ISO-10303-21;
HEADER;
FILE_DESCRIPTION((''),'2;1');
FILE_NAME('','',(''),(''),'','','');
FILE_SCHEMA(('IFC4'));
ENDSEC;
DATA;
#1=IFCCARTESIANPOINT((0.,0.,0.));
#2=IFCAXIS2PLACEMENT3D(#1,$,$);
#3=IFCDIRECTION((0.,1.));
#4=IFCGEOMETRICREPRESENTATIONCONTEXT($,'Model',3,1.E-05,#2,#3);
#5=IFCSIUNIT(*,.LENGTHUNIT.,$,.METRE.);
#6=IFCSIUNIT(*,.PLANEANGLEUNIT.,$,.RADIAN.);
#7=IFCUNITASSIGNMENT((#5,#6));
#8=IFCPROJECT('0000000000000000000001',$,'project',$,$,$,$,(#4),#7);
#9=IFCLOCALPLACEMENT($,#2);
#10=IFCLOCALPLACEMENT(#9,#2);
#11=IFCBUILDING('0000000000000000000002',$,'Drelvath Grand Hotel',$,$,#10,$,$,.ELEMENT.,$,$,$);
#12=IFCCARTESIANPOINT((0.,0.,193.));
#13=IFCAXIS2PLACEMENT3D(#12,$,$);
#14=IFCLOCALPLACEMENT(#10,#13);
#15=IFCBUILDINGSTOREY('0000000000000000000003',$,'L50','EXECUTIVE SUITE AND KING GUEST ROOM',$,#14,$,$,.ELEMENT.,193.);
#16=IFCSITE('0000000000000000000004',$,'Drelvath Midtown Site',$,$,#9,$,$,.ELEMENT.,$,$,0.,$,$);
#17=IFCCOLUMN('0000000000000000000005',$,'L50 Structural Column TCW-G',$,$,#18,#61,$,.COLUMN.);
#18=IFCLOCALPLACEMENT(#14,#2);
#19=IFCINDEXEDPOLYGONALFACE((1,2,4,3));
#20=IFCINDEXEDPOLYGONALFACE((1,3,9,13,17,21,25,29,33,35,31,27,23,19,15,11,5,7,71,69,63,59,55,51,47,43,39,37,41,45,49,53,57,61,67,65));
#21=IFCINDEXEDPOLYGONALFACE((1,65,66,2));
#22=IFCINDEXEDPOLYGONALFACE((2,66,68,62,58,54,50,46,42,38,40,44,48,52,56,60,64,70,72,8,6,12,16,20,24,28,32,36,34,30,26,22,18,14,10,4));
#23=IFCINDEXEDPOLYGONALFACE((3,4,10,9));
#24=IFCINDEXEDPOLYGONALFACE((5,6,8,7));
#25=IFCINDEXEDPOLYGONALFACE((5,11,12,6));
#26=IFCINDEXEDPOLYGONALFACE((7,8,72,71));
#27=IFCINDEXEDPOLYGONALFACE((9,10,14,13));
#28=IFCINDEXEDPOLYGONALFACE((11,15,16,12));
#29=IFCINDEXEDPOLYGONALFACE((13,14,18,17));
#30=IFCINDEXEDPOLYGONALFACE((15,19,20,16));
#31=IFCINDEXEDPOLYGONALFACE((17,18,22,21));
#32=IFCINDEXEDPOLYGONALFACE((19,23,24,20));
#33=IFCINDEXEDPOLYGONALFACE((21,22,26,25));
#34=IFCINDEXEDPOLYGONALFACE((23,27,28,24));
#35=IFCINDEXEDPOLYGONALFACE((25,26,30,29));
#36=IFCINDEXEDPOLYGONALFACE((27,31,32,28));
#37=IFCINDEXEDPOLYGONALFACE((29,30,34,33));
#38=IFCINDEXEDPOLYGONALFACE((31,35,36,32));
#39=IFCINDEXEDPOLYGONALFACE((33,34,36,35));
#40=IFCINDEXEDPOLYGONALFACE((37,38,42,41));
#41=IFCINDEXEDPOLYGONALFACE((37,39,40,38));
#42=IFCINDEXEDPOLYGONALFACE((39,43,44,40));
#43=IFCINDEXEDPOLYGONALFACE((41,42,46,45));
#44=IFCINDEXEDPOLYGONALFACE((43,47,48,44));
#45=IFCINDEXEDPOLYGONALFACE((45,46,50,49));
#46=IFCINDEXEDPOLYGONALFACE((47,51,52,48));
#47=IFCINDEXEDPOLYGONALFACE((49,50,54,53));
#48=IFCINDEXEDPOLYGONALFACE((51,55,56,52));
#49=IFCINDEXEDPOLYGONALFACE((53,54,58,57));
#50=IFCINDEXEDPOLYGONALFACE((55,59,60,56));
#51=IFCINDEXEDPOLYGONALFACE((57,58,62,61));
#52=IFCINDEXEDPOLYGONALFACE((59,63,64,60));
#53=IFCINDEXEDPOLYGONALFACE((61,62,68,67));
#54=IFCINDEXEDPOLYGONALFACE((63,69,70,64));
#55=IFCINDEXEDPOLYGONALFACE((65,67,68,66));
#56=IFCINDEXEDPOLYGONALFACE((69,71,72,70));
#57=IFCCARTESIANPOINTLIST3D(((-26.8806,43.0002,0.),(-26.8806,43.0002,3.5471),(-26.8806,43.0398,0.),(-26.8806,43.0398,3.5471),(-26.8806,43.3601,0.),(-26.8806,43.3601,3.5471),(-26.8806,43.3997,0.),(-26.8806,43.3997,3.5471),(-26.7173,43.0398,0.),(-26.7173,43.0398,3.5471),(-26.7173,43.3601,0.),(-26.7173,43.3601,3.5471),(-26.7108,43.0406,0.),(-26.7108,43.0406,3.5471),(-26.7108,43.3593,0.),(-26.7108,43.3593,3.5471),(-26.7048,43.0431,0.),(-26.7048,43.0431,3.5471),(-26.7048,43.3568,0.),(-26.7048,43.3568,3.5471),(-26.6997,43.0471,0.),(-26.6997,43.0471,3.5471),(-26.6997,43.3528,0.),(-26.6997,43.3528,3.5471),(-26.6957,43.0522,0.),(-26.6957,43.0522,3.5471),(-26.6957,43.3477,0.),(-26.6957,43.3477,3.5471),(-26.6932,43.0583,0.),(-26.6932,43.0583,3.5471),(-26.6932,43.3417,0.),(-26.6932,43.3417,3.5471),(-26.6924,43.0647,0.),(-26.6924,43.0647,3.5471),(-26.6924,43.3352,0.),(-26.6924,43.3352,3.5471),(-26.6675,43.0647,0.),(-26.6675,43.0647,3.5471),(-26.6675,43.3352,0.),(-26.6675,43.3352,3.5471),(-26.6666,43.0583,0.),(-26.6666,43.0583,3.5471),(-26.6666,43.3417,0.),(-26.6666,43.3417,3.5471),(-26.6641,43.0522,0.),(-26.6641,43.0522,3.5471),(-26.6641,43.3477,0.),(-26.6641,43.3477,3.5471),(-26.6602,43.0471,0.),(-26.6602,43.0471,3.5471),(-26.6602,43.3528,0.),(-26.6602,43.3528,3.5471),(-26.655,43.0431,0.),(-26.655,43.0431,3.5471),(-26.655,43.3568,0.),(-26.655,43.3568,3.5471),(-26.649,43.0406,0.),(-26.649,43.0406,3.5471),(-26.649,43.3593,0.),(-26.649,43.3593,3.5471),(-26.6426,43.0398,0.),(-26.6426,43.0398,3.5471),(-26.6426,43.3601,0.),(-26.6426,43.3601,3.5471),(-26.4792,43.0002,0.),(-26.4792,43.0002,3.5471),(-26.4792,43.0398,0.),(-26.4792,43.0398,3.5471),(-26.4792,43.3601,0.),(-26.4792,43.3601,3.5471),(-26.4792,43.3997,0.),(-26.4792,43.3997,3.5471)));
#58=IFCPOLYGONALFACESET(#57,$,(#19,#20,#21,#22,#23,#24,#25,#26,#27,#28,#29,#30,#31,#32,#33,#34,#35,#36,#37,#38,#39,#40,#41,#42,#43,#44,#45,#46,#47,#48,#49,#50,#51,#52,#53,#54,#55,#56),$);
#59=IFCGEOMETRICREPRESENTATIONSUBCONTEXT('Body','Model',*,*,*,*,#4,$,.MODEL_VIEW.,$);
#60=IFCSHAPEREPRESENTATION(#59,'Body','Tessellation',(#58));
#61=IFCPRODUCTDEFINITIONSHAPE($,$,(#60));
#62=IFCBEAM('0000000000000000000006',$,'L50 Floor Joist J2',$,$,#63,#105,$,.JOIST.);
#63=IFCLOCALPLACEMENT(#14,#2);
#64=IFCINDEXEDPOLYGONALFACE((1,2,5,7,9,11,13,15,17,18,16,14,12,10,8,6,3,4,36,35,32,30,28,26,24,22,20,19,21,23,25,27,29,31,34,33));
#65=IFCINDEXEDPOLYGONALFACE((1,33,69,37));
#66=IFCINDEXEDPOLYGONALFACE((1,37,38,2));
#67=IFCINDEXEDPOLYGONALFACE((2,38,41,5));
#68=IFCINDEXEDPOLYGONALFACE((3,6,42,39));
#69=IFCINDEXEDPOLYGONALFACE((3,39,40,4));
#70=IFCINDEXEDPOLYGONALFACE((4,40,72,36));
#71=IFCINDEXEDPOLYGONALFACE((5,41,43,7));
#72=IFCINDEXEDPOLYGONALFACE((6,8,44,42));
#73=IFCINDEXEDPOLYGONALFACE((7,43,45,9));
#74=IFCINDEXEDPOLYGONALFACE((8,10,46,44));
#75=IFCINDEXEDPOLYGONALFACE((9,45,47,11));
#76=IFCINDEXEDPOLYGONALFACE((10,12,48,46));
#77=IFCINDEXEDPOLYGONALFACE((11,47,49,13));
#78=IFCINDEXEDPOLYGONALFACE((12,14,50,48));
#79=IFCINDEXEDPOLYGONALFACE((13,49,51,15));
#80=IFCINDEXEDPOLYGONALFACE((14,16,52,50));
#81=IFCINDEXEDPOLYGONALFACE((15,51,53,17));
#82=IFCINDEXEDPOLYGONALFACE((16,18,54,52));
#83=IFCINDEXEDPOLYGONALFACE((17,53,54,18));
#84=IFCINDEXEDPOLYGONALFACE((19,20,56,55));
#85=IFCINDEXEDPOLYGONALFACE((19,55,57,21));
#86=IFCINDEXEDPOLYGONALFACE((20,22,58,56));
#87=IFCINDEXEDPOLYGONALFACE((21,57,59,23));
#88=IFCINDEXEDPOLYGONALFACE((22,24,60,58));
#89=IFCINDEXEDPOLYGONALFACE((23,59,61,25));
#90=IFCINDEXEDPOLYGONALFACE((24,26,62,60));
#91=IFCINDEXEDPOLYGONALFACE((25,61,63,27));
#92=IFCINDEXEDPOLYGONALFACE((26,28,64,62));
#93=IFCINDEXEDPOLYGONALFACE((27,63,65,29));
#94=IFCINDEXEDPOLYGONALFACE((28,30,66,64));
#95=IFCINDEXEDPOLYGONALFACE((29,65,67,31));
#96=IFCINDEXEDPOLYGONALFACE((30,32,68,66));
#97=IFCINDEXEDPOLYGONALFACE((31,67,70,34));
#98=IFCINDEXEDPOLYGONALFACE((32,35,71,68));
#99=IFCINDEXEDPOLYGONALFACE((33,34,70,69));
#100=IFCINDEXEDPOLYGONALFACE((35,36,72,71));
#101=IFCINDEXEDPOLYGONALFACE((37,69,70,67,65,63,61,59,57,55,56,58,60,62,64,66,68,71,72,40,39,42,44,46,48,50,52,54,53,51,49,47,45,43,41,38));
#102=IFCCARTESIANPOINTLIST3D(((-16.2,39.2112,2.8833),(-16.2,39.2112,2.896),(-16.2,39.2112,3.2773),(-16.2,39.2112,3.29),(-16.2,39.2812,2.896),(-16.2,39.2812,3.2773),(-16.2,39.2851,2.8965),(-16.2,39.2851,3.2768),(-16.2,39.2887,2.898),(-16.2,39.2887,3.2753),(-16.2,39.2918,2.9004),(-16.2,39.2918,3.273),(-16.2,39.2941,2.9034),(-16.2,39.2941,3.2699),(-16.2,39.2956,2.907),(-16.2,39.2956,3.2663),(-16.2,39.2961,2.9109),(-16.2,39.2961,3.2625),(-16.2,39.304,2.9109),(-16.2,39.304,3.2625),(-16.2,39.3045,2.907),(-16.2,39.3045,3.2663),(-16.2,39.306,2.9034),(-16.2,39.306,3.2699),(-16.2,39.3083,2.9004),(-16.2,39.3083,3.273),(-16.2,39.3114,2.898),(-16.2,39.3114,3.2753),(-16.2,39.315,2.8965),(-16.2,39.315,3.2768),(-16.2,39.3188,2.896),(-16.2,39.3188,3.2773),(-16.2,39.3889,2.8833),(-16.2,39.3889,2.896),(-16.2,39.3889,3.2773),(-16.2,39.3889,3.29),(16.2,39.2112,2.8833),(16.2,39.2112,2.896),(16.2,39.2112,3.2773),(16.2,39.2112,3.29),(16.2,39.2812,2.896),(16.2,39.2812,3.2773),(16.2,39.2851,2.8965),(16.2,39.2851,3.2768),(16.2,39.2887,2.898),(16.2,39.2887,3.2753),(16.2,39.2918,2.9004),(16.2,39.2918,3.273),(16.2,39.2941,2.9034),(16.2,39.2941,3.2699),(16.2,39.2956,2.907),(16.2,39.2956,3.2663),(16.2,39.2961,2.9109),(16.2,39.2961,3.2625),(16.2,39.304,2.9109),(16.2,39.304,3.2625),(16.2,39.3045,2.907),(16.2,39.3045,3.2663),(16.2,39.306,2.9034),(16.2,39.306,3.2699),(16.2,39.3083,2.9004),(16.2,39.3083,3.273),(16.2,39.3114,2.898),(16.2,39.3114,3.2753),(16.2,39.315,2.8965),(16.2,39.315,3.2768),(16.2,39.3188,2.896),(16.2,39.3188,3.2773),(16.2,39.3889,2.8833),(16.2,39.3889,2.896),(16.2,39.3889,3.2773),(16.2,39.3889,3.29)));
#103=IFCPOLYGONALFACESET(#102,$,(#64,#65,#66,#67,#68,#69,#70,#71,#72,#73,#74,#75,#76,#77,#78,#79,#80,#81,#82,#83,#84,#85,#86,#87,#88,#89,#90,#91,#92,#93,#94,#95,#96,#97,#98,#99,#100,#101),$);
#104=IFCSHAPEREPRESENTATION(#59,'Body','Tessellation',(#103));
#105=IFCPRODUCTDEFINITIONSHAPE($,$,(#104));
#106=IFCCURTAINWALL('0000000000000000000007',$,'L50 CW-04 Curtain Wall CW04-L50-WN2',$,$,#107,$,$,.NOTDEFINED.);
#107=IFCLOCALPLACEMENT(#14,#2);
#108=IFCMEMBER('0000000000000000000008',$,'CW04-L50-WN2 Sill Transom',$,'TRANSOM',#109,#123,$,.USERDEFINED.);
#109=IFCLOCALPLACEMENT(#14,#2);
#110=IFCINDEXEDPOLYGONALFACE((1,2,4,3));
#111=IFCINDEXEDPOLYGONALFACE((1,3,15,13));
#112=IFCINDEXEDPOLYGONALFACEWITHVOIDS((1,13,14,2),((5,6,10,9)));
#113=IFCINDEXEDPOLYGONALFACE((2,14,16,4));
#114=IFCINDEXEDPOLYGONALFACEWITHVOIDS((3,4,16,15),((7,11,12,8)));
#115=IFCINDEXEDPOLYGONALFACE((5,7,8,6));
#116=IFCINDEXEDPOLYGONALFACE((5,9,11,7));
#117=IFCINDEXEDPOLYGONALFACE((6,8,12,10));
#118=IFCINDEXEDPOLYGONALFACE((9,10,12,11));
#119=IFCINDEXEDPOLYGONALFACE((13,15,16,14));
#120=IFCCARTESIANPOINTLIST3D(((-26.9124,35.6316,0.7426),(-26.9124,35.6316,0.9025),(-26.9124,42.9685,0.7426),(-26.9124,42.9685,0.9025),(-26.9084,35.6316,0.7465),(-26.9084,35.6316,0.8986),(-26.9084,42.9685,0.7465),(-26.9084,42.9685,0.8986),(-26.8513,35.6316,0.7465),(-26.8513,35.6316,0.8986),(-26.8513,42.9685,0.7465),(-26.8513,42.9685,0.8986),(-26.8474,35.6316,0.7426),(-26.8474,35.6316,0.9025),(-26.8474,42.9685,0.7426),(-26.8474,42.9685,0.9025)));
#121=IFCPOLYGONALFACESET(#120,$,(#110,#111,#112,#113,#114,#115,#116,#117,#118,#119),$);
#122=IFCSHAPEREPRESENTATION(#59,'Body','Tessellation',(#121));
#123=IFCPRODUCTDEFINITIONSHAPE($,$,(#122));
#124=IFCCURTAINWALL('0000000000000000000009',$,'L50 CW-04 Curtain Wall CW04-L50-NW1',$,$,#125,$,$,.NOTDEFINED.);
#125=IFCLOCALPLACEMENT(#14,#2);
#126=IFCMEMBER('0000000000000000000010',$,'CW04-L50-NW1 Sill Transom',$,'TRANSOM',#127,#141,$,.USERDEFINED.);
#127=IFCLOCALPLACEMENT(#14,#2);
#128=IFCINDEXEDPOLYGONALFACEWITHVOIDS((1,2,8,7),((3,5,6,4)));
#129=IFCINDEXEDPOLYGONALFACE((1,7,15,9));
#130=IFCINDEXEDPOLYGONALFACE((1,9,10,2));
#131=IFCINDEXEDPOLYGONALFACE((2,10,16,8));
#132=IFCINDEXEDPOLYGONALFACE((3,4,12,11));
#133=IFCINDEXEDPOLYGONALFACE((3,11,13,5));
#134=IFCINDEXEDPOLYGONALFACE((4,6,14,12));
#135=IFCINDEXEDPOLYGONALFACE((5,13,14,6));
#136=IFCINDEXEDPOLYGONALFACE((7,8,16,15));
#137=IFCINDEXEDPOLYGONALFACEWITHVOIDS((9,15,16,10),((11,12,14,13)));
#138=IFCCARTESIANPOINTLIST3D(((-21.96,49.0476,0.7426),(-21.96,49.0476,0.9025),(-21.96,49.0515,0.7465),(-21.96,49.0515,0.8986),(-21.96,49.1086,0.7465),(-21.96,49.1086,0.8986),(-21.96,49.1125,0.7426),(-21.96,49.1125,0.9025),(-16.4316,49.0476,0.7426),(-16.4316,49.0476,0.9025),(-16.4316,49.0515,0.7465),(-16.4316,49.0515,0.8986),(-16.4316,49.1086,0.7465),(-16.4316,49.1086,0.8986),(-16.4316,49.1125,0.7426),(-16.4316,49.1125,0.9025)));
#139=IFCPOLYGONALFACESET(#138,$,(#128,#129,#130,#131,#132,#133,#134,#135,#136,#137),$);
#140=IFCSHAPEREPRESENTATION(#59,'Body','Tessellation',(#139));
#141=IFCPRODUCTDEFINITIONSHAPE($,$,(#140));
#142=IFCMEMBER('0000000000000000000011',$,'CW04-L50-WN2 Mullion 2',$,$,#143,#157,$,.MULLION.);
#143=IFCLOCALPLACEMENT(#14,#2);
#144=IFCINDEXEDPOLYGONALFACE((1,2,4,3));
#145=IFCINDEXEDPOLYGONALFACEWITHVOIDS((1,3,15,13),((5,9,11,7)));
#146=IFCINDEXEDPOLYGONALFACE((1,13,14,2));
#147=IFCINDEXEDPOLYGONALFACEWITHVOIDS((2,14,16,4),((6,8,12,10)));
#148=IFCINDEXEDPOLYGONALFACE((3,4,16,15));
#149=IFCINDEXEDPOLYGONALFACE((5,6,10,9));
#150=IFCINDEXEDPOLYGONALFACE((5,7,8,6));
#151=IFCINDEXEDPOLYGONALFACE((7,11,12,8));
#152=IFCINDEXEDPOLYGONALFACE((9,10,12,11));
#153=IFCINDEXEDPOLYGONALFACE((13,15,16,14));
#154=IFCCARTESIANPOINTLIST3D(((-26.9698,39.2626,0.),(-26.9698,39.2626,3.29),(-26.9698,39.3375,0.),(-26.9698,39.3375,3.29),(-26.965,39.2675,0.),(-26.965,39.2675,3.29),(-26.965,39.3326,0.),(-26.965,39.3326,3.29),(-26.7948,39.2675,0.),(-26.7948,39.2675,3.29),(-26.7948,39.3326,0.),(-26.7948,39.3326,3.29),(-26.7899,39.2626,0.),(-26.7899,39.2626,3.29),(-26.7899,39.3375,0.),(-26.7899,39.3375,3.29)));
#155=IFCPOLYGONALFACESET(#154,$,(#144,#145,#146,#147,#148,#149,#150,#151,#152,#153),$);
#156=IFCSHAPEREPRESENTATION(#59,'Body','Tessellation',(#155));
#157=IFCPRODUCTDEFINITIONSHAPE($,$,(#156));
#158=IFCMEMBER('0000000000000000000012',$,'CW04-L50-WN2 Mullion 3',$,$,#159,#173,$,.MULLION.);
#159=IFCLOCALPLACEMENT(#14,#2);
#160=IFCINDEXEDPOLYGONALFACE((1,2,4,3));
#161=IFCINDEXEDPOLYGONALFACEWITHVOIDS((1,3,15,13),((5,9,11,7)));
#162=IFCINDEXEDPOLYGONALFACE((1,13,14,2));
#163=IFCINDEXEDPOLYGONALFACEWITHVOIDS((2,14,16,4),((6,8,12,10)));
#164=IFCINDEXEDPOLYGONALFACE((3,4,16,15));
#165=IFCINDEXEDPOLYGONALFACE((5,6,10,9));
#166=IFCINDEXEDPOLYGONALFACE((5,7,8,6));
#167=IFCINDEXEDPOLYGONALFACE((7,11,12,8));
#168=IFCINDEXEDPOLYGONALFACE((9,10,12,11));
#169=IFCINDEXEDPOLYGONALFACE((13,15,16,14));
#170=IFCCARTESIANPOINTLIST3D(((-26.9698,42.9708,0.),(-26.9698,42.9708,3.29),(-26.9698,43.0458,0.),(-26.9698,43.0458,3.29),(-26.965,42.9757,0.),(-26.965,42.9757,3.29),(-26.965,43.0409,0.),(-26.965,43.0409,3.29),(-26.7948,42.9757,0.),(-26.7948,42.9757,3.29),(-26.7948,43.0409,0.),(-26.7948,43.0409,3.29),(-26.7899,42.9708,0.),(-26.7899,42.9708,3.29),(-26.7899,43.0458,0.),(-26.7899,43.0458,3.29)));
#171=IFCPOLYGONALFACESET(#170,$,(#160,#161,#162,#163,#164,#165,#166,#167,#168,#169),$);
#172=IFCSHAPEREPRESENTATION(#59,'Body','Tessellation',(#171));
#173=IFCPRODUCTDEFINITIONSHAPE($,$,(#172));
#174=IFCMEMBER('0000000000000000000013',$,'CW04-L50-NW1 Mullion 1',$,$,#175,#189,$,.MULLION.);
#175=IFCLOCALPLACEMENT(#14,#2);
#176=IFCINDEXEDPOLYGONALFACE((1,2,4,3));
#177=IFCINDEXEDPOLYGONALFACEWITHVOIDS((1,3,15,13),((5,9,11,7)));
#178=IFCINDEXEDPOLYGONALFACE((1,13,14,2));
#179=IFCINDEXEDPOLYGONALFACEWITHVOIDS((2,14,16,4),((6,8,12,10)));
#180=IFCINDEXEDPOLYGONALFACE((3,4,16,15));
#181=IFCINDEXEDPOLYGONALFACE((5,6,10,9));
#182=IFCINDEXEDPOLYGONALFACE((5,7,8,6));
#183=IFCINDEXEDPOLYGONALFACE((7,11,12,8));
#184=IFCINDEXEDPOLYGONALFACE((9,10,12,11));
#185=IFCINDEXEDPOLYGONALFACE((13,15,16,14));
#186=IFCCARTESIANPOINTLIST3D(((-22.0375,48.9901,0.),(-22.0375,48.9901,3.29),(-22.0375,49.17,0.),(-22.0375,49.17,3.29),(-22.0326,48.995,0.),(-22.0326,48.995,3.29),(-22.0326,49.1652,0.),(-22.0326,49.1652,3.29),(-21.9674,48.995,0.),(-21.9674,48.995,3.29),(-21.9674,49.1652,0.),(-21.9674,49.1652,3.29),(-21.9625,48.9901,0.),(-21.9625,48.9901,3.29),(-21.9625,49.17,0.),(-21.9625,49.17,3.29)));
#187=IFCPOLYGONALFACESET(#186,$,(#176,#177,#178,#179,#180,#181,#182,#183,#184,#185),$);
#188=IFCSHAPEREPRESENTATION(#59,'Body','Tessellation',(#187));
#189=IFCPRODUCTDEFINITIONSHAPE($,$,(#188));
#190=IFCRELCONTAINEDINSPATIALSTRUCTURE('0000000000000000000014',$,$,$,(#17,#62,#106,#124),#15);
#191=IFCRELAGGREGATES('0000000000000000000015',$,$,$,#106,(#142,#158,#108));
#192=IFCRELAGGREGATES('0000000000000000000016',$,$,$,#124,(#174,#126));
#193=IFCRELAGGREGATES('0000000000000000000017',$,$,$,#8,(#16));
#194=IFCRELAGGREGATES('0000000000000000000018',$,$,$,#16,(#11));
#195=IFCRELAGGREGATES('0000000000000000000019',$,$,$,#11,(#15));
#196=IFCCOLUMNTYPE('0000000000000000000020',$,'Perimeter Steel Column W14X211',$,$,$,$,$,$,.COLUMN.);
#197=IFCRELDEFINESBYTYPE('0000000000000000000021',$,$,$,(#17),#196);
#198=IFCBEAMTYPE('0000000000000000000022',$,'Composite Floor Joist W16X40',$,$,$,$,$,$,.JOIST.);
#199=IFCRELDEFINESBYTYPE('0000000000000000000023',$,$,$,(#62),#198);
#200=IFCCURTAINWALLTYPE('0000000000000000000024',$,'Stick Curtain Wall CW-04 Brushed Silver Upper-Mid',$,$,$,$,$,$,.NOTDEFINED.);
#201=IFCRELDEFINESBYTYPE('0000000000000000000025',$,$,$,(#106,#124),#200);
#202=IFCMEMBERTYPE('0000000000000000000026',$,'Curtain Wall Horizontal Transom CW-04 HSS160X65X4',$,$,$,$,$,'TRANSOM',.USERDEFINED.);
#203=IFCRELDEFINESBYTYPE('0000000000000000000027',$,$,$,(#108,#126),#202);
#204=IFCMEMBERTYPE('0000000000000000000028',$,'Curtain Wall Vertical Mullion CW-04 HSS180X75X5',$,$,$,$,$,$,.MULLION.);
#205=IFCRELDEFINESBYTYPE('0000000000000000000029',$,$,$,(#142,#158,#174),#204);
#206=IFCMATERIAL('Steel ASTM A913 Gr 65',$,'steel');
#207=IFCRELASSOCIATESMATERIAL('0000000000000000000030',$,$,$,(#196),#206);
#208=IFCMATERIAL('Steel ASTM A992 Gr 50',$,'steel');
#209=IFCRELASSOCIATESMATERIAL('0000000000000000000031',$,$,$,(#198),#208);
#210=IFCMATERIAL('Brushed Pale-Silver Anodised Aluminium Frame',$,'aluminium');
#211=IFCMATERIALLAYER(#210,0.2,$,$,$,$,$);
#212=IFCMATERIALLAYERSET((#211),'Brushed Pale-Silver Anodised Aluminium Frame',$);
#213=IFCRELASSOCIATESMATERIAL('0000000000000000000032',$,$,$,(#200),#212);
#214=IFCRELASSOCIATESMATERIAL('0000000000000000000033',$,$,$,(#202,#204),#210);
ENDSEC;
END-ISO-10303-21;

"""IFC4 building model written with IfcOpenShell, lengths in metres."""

from ifc_helpers import new_model, si_unit, direction, frame, origin, origin_2d, place, context, subcontext, project, spatial, hollow_rectangle, i_section, extrude, material, layer, layer_set, material_profile, profile_set, type_object, element, aggregate, save


model = new_model("IFC4")

# Units and contexts
model_context = context("Model", 3, precision=1e-05, world=origin(), true_north=direction((0.0, 1.0)))
body_context = subcontext(model_context, "Body", "Model", "MODEL_VIEW")
ifc_project = project(units=[si_unit("LENGTHUNIT", "METRE"), si_unit("PLANEANGLEUNIT", "RADIAN")], contexts=[model_context])

# Site, building, storey
site_placement = place(None, origin())
site = spatial("IfcSite", under=ifc_project, at=site_placement, Name="Drelvath Midtown Site", CompositionType="ELEMENT", RefElevation=0.0)
building_placement = place(site_placement, origin())
building = spatial("IfcBuilding", under=site, at=building_placement, Name="Drelvath Grand Hotel", CompositionType="ELEMENT")
storey_placement = place(building_placement, frame((0.0, 0.0, 193.0)))
storey = spatial("IfcBuildingStorey", under=building, at=storey_placement, Name="L50", Description="EXECUTIVE SUITE AND KING GUEST ROOM", CompositionType="ELEMENT", Elevation=193.0)

# Column
ifc_material_1 = material(Name="Steel ASTM A913 Gr 65", Category="steel")
ifc_material_profile_1 = material_profile(ifc_material_1, i_section(OverallWidth=0.4014, OverallDepth=0.3994, WebThickness=0.0249, FlangeThickness=0.0396, FilletRadius=0.0249, at=origin_2d()), Name="W14X211")
ifc_profile_set_1 = profile_set([ifc_material_profile_1], Name="Steel ASTM A913 Gr 65")
column_type = type_object("IfcColumnType", Name="Perimeter Steel Column W14X211", PredefinedType="COLUMN", material=ifc_profile_set_1)
column_placement = place(storey_placement, frame((-26.6799, 43.2, 0.0), z_axis=(0.0, 0.0, 1.0), x_axis=(1.0, 0.0, 0.0)))
element("IfcColumn", 1, at=column_placement, inside=storey, type_object=column_type, Name="L50 Structural Column TCW-G", PredefinedType="COLUMN", context=body_context, shape_type="SweptSolid", body=[
    extrude(i_section(OverallWidth=0.4014, OverallDepth=0.3994, WebThickness=0.0249, FlangeThickness=0.0396, FilletRadius=0.0249, at=origin_2d()), origin(), (0.0, 0.0, 1.0), 3.5471),
])

# Beam
ifc_material_2 = material(Name="Steel ASTM A992 Gr 50", Category="steel")
ifc_material_profile_2 = material_profile(ifc_material_2, i_section(OverallWidth=0.1777, OverallDepth=0.4067, WebThickness=0.0078, FlangeThickness=0.0127, FilletRadius=0.0149, at=origin_2d()), Name="W16X40")
ifc_profile_set_2 = profile_set([ifc_material_profile_2], Name="Steel ASTM A992 Gr 50")
beam_type_1 = type_object("IfcBeamType", Name="Composite Floor Joist W16X40", PredefinedType="JOIST", material=ifc_profile_set_2)
beam_1_placement = place(storey_placement, frame((-16.2, 39.3, 3.0867), z_axis=(1.0, 0.0, 0.0), x_axis=(0.0, 1.0, 0.0)))
element("IfcBeam", 2, at=beam_1_placement, inside=storey, type_object=beam_type_1, Name="L50 Floor Joist J2", PredefinedType="JOIST", context=body_context, shape_type="SweptSolid", body=[
    extrude(i_section(OverallWidth=0.1777, OverallDepth=0.4067, WebThickness=0.0078, FlangeThickness=0.0127, FilletRadius=0.0149, at=origin_2d()), origin(), (0.0, 0.0, 1.0), 32.3999),
])

# Curtain walls, members
ifc_material_3 = material(Name="Brushed Pale-Silver Anodised Aluminium Frame", Category="aluminium")
ifc_layer_1 = layer(ifc_material_3, 0.2)
ifc_layer_set_1 = layer_set([ifc_layer_1], Name="Brushed Pale-Silver Anodised Aluminium Frame")
curtain_wall_type = type_object("IfcCurtainWallType", Name="Stick Curtain Wall CW-04 Brushed Silver Upper-Mid", PredefinedType="NOTDEFINED", material=ifc_layer_set_1)
curtain_wall_1_placement = place(storey_placement, origin())
curtain_wall_1 = element("IfcCurtainWall", 3, at=curtain_wall_1_placement, inside=storey, type_object=curtain_wall_type, Name="L50 CW-04 Curtain Wall CW04-L50-WN2", PredefinedType="NOTDEFINED")
ifc_material_profile_3 = material_profile(ifc_material_3, hollow_rectangle(XDim=0.0649, YDim=0.1599, WallThickness=0.0039, at=origin_2d()), Name="HSS160X65X4")
ifc_profile_set_3 = profile_set([ifc_material_profile_3], Name="Brushed Pale-Silver Anodised Aluminium Frame")
member_type_1 = type_object("IfcMemberType", Name="Curtain Wall Horizontal Transom CW-04 HSS160X65X4", ElementType="TRANSOM", PredefinedType="USERDEFINED", material=ifc_profile_set_3)
member_1_placement = place(storey_placement, frame((-26.8799, 35.6316, 0.8225), z_axis=(0.0, 1.0, 0.0), x_axis=(-1.0, 0.0, 0.0)))
member_1 = element("IfcMember", 4, at=member_1_placement, type_object=member_type_1, Name="CW04-L50-WN2 Sill Transom", ObjectType="TRANSOM", PredefinedType="USERDEFINED", context=body_context, shape_type="SweptSolid", body=[
    extrude(hollow_rectangle(XDim=0.0649, YDim=0.1599, WallThickness=0.0039, at=origin_2d()), origin(), (0.0, 0.0, 1.0), 7.3369),
])
curtain_wall_2_placement = place(storey_placement, origin())
curtain_wall_2 = element("IfcCurtainWall", 5, at=curtain_wall_2_placement, inside=storey, type_object=curtain_wall_type, Name="L50 CW-04 Curtain Wall CW04-L50-NW1", PredefinedType="NOTDEFINED")
member_2_placement = place(storey_placement, frame((-21.96, 49.0801, 0.8225), z_axis=(1.0, 0.0, 0.0), x_axis=(0.0, 1.0, 0.0)))
member_2 = element("IfcMember", 6, at=member_2_placement, type_object=member_type_1, Name="CW04-L50-NW1 Sill Transom", ObjectType="TRANSOM", PredefinedType="USERDEFINED", context=body_context, shape_type="SweptSolid", body=[
    extrude(hollow_rectangle(XDim=0.0649, YDim=0.1599, WallThickness=0.0039, at=origin_2d()), origin(), (0.0, 0.0, 1.0), 5.5283),
])

# Members
ifc_material_profile_4 = material_profile(ifc_material_3, hollow_rectangle(XDim=0.075, YDim=0.1799, WallThickness=0.0049, at=origin_2d()), Name="HSS180X75X5")
ifc_profile_set_4 = profile_set([ifc_material_profile_4], Name="Brushed Pale-Silver Anodised Aluminium Frame")
member_type_2 = type_object("IfcMemberType", Name="Curtain Wall Vertical Mullion CW-04 HSS180X75X5", PredefinedType="MULLION", material=ifc_profile_set_4)
member_3_placement = place(storey_placement, frame((-26.8799, 39.3, 0.0), z_axis=(0.0, 0.0, 1.0), x_axis=(0.0, 1.0, 0.0)))
member_3 = element("IfcMember", 7, at=member_3_placement, type_object=member_type_2, Name="CW04-L50-WN2 Mullion 2", PredefinedType="MULLION", context=body_context, shape_type="SweptSolid", body=[
    extrude(hollow_rectangle(XDim=0.075, YDim=0.1799, WallThickness=0.0049, at=origin_2d()), origin(), (0.0, 0.0, 1.0), 3.29),
])
member_4_placement = place(storey_placement, frame((-26.8799, 43.0083, 0.0), z_axis=(0.0, 0.0, 1.0), x_axis=(0.0, 1.0, 0.0)))
member_4 = element("IfcMember", 8, at=member_4_placement, type_object=member_type_2, Name="CW04-L50-WN2 Mullion 3", PredefinedType="MULLION", context=body_context, shape_type="SweptSolid", body=[
    extrude(hollow_rectangle(XDim=0.075, YDim=0.1799, WallThickness=0.0049, at=origin_2d()), origin(), (0.0, 0.0, 1.0), 3.29),
])
member_5_placement = place(storey_placement, frame((-22.0, 49.0801, 0.0), z_axis=(0.0, 0.0, 1.0), x_axis=(1.0, 0.0, 0.0)))
member_5 = element("IfcMember", 9, at=member_5_placement, type_object=member_type_2, Name="CW04-L50-NW1 Mullion 1", PredefinedType="MULLION", context=body_context, shape_type="SweptSolid", body=[
    extrude(hollow_rectangle(XDim=0.075, YDim=0.1799, WallThickness=0.0049, at=origin_2d()), origin(), (0.0, 0.0, 1.0), 3.29),
])

aggregate(curtain_wall_1, [member_3, member_4, member_1])
aggregate(curtain_wall_2, [member_5, member_2])

save(model, "model.ifc")
